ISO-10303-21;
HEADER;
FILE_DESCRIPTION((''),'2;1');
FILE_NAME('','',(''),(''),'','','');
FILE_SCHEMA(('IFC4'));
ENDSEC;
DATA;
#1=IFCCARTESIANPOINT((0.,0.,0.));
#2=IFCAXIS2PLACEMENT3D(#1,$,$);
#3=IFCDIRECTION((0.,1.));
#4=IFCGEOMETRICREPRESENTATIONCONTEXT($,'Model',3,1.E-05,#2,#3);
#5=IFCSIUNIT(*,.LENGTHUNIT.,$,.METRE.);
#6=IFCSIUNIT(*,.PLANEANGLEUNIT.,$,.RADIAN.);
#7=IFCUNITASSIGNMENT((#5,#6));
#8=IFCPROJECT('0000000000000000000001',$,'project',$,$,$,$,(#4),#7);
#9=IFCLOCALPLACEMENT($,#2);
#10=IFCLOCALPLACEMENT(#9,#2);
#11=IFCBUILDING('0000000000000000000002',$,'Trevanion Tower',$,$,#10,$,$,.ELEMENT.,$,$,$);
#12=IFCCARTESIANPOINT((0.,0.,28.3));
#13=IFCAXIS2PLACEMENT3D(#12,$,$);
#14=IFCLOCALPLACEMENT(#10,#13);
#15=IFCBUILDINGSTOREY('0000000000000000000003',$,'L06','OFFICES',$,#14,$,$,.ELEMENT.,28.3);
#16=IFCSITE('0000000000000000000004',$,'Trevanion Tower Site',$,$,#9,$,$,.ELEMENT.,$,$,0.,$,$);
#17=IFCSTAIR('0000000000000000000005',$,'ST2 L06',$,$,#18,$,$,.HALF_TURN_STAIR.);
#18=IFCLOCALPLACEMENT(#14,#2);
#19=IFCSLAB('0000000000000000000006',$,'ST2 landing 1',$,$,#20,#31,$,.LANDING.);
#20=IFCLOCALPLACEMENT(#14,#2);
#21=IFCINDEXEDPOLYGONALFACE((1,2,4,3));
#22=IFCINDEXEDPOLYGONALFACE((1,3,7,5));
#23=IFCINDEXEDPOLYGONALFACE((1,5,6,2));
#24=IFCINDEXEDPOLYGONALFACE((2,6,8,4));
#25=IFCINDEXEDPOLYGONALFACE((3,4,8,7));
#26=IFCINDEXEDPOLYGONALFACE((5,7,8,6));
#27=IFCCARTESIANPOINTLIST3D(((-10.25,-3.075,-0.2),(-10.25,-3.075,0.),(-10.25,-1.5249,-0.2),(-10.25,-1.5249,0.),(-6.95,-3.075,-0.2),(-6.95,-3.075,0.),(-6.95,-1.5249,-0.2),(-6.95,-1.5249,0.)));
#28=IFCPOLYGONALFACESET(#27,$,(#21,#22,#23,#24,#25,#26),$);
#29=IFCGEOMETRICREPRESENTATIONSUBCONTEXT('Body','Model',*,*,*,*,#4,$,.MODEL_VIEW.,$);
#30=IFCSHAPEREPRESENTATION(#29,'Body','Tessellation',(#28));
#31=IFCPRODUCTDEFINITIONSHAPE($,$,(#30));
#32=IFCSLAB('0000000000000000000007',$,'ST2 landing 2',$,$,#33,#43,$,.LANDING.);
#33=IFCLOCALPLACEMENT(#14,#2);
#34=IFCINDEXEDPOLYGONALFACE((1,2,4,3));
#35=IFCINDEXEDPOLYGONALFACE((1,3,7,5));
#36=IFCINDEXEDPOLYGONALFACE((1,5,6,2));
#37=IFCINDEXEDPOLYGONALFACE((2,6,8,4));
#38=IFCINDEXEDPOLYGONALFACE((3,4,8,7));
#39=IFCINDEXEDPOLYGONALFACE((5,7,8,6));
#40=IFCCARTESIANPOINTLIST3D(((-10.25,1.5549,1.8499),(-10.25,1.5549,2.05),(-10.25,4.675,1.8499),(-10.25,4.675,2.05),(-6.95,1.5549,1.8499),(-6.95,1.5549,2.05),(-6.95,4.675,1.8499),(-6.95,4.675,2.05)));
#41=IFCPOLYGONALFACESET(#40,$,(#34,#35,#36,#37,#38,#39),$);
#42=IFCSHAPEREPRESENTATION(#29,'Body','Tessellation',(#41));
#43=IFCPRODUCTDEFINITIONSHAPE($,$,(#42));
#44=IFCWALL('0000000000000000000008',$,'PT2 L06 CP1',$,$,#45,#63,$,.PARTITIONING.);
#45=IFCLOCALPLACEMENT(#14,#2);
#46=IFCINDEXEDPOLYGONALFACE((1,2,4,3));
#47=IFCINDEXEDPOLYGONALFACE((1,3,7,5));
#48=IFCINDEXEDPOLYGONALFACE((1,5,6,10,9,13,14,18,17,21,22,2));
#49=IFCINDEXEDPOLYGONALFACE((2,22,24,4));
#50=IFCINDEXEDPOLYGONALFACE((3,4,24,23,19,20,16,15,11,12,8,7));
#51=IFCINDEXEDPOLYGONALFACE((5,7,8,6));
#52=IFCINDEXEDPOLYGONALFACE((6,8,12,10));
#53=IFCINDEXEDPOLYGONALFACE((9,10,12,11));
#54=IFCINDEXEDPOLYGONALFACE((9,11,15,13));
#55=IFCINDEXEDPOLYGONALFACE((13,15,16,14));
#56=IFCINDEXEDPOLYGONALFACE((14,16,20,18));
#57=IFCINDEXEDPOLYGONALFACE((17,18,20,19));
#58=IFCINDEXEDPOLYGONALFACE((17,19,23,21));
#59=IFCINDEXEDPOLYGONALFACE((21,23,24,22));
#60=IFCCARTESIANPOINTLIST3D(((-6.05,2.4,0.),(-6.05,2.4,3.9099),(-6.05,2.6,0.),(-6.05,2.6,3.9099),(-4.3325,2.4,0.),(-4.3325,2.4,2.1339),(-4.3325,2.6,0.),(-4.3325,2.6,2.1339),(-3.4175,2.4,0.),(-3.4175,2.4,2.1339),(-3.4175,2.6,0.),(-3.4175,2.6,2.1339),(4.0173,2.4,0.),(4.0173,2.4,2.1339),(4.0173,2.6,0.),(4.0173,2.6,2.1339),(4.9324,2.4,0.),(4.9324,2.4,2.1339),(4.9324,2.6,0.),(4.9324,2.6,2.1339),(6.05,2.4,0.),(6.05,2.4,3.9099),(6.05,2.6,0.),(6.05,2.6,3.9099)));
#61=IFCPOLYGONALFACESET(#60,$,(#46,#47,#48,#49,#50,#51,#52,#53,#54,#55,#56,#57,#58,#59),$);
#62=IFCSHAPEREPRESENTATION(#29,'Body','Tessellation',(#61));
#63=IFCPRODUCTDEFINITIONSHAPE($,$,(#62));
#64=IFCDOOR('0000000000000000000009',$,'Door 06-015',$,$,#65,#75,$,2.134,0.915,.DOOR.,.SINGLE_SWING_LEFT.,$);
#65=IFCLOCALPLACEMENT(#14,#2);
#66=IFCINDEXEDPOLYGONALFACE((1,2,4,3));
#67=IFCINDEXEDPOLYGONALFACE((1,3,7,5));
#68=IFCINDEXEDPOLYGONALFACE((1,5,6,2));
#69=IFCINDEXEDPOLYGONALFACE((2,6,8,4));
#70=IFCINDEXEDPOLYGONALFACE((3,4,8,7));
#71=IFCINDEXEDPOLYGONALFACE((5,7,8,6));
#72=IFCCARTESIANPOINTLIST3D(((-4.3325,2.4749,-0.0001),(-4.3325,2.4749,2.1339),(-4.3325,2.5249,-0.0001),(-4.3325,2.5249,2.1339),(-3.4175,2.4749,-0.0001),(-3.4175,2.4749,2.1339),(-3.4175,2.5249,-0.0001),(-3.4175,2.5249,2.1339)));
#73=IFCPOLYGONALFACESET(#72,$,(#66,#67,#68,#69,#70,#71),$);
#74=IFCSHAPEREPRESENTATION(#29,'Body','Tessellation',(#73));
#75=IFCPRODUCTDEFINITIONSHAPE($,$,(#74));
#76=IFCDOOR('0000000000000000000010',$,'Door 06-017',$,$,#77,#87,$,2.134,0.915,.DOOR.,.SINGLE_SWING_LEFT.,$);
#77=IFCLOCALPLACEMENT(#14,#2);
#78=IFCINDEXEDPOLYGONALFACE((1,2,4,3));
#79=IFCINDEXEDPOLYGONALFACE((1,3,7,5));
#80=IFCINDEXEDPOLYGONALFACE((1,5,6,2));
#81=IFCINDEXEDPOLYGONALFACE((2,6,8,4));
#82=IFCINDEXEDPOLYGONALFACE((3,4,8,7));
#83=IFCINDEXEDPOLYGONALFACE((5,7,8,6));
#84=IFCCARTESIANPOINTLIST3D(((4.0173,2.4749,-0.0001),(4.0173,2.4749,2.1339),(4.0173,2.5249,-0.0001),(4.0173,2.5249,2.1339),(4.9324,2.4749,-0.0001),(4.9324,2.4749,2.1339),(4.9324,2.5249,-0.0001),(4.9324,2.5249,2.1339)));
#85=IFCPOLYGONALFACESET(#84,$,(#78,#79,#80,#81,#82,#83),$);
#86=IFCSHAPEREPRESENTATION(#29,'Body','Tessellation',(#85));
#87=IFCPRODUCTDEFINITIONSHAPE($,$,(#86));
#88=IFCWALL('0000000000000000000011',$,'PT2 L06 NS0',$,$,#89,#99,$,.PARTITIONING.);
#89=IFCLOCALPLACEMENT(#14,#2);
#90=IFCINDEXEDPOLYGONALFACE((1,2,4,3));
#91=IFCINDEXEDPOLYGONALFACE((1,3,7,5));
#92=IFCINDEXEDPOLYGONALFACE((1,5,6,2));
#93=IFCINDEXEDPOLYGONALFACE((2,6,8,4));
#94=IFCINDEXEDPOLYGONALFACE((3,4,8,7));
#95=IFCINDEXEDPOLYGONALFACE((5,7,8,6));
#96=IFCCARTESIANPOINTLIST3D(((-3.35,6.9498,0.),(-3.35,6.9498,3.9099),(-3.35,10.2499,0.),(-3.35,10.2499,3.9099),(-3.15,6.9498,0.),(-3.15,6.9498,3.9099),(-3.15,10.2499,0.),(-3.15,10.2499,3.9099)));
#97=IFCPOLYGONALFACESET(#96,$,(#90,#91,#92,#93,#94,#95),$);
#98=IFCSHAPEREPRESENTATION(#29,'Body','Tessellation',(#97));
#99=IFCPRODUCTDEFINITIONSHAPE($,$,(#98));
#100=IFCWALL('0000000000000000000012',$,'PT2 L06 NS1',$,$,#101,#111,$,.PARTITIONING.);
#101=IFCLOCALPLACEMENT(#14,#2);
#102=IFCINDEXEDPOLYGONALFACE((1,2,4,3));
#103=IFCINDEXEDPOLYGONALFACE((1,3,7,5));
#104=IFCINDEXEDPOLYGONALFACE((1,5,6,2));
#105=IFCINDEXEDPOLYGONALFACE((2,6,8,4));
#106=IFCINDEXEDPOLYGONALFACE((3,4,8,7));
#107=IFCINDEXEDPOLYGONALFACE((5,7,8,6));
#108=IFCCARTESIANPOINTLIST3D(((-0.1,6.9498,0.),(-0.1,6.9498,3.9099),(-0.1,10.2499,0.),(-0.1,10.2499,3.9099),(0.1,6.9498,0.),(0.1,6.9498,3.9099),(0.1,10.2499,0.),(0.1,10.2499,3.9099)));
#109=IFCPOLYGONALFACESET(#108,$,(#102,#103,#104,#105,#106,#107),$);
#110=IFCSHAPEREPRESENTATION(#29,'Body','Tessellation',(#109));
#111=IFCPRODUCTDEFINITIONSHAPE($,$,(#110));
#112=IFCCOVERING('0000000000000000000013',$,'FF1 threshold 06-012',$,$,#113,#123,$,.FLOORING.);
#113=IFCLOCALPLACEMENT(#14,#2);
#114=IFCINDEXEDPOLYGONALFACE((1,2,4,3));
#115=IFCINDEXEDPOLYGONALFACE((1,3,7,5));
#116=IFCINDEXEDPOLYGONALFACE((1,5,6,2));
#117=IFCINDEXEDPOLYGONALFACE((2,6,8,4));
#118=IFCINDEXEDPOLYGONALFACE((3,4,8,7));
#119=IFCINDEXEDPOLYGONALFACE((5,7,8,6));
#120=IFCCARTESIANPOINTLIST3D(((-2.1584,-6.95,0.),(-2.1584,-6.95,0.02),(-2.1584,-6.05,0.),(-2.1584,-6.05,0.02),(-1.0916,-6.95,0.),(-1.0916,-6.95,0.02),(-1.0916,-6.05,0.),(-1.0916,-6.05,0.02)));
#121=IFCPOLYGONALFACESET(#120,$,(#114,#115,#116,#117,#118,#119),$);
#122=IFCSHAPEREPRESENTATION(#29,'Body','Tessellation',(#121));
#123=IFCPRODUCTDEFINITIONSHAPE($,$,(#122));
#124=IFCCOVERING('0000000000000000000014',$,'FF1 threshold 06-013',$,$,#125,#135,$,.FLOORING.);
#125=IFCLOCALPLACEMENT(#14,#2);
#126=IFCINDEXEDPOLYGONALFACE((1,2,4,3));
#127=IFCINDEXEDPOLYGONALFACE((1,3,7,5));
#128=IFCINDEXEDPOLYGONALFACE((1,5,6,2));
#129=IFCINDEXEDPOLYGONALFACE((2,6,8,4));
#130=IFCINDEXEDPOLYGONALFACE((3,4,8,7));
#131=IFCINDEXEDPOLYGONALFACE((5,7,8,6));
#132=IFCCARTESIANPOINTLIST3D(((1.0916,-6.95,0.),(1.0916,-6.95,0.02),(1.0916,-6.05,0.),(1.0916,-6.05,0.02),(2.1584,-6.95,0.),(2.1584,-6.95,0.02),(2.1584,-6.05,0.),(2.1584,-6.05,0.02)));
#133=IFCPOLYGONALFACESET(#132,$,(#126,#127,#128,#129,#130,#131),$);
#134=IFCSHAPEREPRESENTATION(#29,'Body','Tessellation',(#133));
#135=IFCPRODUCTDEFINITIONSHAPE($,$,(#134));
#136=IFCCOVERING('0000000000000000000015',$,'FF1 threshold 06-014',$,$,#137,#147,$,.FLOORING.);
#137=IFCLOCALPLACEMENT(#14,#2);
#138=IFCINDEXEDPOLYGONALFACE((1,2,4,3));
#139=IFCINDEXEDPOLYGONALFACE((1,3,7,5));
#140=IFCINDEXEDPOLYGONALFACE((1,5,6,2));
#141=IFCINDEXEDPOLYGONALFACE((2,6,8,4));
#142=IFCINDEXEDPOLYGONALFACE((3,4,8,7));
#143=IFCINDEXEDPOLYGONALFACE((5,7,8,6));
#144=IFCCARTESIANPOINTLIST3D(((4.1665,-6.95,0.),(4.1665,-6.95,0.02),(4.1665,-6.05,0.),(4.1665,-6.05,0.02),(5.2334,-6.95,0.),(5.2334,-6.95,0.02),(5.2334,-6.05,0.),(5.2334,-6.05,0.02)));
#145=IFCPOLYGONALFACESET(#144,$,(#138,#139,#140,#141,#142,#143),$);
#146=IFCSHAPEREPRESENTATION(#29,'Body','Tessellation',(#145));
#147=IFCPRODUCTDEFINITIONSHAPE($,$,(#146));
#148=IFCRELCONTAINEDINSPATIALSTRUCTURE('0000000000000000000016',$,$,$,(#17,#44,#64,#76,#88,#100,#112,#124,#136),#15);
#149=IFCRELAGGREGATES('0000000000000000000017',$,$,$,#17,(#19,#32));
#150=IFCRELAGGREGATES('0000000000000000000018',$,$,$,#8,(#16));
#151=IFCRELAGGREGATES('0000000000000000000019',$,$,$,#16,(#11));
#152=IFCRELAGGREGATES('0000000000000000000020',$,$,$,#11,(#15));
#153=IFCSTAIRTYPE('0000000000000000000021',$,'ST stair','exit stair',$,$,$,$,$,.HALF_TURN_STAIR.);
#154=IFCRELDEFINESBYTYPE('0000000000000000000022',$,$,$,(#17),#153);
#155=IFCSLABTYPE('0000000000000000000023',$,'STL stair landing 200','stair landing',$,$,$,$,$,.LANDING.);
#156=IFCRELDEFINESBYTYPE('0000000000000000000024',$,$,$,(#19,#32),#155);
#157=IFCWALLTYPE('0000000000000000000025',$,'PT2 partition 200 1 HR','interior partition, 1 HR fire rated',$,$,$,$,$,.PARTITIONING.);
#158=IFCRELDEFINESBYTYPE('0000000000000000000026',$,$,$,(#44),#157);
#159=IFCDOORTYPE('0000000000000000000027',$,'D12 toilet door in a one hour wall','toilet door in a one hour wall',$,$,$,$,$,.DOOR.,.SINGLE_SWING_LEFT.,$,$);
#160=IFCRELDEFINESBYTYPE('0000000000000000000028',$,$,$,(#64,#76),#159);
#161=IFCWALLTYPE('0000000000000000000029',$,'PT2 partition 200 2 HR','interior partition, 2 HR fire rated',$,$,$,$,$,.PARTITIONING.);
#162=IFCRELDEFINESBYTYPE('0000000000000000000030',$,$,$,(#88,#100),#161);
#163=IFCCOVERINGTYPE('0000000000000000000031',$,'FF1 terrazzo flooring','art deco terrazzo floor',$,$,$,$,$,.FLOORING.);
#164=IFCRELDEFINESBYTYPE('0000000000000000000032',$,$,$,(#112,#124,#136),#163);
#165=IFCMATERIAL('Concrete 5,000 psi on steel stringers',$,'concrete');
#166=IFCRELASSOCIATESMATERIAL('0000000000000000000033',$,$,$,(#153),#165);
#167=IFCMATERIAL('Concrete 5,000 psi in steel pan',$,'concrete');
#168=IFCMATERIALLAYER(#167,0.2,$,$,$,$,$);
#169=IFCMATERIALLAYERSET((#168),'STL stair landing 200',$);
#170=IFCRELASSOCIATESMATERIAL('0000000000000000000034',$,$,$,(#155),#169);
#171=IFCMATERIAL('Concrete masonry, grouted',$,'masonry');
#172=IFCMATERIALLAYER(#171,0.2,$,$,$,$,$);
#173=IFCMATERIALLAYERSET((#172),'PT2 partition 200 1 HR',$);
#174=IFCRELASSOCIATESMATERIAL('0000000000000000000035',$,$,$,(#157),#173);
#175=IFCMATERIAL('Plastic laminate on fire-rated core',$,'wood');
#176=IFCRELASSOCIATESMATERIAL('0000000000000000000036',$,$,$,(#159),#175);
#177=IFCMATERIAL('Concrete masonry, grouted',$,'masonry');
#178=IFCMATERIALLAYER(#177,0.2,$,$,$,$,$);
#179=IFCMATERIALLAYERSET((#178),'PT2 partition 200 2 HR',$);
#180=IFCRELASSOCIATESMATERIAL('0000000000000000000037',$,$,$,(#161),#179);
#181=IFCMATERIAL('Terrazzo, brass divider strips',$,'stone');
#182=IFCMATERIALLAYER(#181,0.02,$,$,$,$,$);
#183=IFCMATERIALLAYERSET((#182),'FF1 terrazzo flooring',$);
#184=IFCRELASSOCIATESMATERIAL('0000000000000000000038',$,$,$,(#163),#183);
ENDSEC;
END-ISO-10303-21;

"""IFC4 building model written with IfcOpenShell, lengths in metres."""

from ifc_helpers import new_model, si_unit, direction, frame, frame_2d, origin, place, context, subcontext, project, spatial, polyline, rectangle, outline, extrude, material, layer, layer_set, type_object, element, fill, aggregate, save


model = new_model("IFC4")

# Units and contexts
model_context = context("Model", 3, precision=1e-05, world=origin(), true_north=direction((0.0, 1.0)))
body_context = subcontext(model_context, "Body", "Model", "MODEL_VIEW")
ifc_project = project(units=[si_unit("LENGTHUNIT", "METRE"), si_unit("PLANEANGLEUNIT", "RADIAN")], contexts=[model_context])

# Site, building, storey
site_placement = place(None, origin())
site = spatial("IfcSite", under=ifc_project, at=site_placement, Name="Trevanion Tower Site", CompositionType="ELEMENT", RefElevation=0.0)
building_placement = place(site_placement, origin())
building = spatial("IfcBuilding", under=site, at=building_placement, Name="Trevanion Tower", CompositionType="ELEMENT")
storey_placement = place(building_placement, frame((0.0, 0.0, 28.3)))
storey = spatial("IfcBuildingStorey", under=building, at=storey_placement, Name="L06", Description="OFFICES", CompositionType="ELEMENT", Elevation=28.3)

# Stair, slabs
ifc_material_1 = material(Name="Concrete 5,000 psi on steel stringers", Category="concrete")
stair_type = type_object("IfcStairType", Name="ST stair", Description="exit stair", PredefinedType="HALF_TURN_STAIR", material=ifc_material_1)
ifc_material_2 = material(Name="Concrete 5,000 psi in steel pan", Category="concrete")
ifc_layer_1 = layer(ifc_material_2, 0.2)
ifc_layer_set_1 = layer_set([ifc_layer_1], Name="STL stair landing 200")
slab_type_1 = type_object("IfcSlabType", Name="STL stair landing 200", Description="stair landing", PredefinedType="LANDING", material=ifc_layer_set_1)
stair_1_placement = place(storey_placement, origin())
stair_1 = element("IfcStair", 1, at=stair_1_placement, inside=storey, type_object=stair_type, Name="ST2 L06", PredefinedType="HALF_TURN_STAIR")
slab_1_placement = place(storey_placement, frame((0.0, 0.0, -0.2)))
slab_1 = element("IfcSlab", 2, at=slab_1_placement, type_object=slab_type_1, Name="ST2 landing 1", PredefinedType="LANDING", context=body_context, shape_type="SweptSolid", body=[
    extrude(outline(polyline([(-6.95, -1.5249), (-10.25, -1.5249), (-10.25, -3.075), (-6.95, -3.075), (-6.95, -1.5249)])), origin(), (0.0, 0.0, 1.0), 0.2),
])
slab_2_placement = place(storey_placement, frame((0.0, 0.0, 1.8499)))
slab_2 = element("IfcSlab", 3, at=slab_2_placement, type_object=slab_type_1, Name="ST2 landing 2", PredefinedType="LANDING", context=body_context, shape_type="SweptSolid", body=[
    extrude(outline(polyline([(-6.95, 4.675), (-10.25, 4.675), (-10.25, 1.5549), (-6.95, 1.5549), (-6.95, 4.675)])), origin(), (0.0, 0.0, 1.0), 0.2002),
])
aggregate(stair_1, [slab_1, slab_2])

# Wall, openings, doors
ifc_material_3 = material(Name="Concrete masonry, grouted", Category="masonry")
ifc_layer_2 = layer(ifc_material_3, 0.2)
ifc_layer_set_2 = layer_set([ifc_layer_2], Name="PT2 partition 200 1 HR")
wall_type_1 = type_object("IfcWallType", Name="PT2 partition 200 1 HR", Description="interior partition, 1 HR fire rated", PredefinedType="PARTITIONING", material=ifc_layer_set_2)
wall_placement = place(storey_placement, frame((-6.05, 2.5, 0.0), z_axis=(0.0, 0.0, 1.0), x_axis=(1.0, 0.0, 0.0)))
wall = element("IfcWall", 4, at=wall_placement, inside=storey, type_object=wall_type_1, Name="PT2 L06 CP1", PredefinedType="PARTITIONING", context=body_context, shape_type="SweptSolid", body=[
    extrude(rectangle(XDim=12.1001, YDim=0.2, at=frame_2d((6.05, 0.0))), origin(), (0.0, 0.0, 1.0), 3.9099),
])
opening_1_placement = place(wall_placement, frame((1.7175, 0.0, 0.0)))
opening_1 = element("IfcOpeningElement", 5, at=opening_1_placement, cuts=wall, PredefinedType="OPENING", context=body_context, shape_type="SweptSolid", body=[
    extrude(rectangle(XDim=0.915, YDim=2.134, at=frame_2d((0.4575, 1.0669))), frame((0.0, 0.1099, 0.0), z_axis=(0.0, -1.0, 0.0), x_axis=(1.0, 0.0, 0.0)), (0.0, 0.0, 1.0), 0.22),
])
opening_2_placement = place(wall_placement, frame((10.0674, 0.0, 0.0)))
opening_2 = element("IfcOpeningElement", 6, at=opening_2_placement, cuts=wall, PredefinedType="OPENING", context=body_context, shape_type="SweptSolid", body=[
    extrude(rectangle(XDim=0.915, YDim=2.134, at=frame_2d((0.4575, 1.0669))), frame((0.0, 0.1099, 0.0), z_axis=(0.0, -1.0, 0.0), x_axis=(1.0, 0.0, 0.0)), (0.0, 0.0, 1.0), 0.22),
])
ifc_material_4 = material(Name="Plastic laminate on fire-rated core", Category="wood")
door_type = type_object("IfcDoorType", Name="D12 toilet door in a one hour wall", Description="toilet door in a one hour wall", OperationType="SINGLE_SWING_LEFT", PredefinedType="DOOR", material=ifc_material_4)
door_1_placement = place(opening_1_placement, origin())
door_1 = element("IfcDoor", 7, at=door_1_placement, inside=storey, type_object=door_type, Name="Door 06-015", OperationType="SINGLE_SWING_LEFT", OverallHeight=2.134, OverallWidth=0.915, PredefinedType="DOOR", context=body_context, shape_type="SweptSolid", body=[
    extrude(rectangle(XDim=0.915, YDim=2.134, at=frame_2d((0.4575, 1.0669))), frame((0.0, 0.0249, 0.0), z_axis=(0.0, -1.0, 0.0), x_axis=(1.0, 0.0, 0.0)), (0.0, 0.0, 1.0), 0.05),
])
fill(opening_1, door_1)
door_2_placement = place(opening_2_placement, origin())
door_2 = element("IfcDoor", 8, at=door_2_placement, inside=storey, type_object=door_type, Name="Door 06-017", OperationType="SINGLE_SWING_LEFT", OverallHeight=2.134, OverallWidth=0.915, PredefinedType="DOOR", context=body_context, shape_type="SweptSolid", body=[
    extrude(rectangle(XDim=0.915, YDim=2.134, at=frame_2d((0.4575, 1.0669))), frame((0.0, 0.0249, 0.0), z_axis=(0.0, -1.0, 0.0), x_axis=(1.0, 0.0, 0.0)), (0.0, 0.0, 1.0), 0.05),
])
fill(opening_2, door_2)

# Walls
ifc_material_5 = material(Name="Concrete masonry, grouted", Category="masonry")
ifc_layer_3 = layer(ifc_material_5, 0.2)
ifc_layer_set_3 = layer_set([ifc_layer_3], Name="PT2 partition 200 2 HR")
wall_type_2 = type_object("IfcWallType", Name="PT2 partition 200 2 HR", Description="interior partition, 2 HR fire rated", PredefinedType="PARTITIONING", material=ifc_layer_set_3)
for number, where, z_axis, x_axis, name in (
    (9, (-3.25, 6.95, 0.0), (0.0, 0.0, 1.0), (0.0, 1.0, 0.0), "PT2 L06 NS0"),
    (10, (0.0, 6.95, 0.0), (0.0, 0.0, 1.0), (0.0, 1.0, 0.0), "PT2 L06 NS1"),
):
    element("IfcWall", number, at=place(storey_placement, frame(where, z_axis=z_axis, x_axis=x_axis)), inside=storey, type_object=wall_type_2, Name=name, PredefinedType="PARTITIONING", context=body_context, shape_type="SweptSolid", body=[
        extrude(rectangle(XDim=3.3, YDim=0.2, at=frame_2d((1.6499, 0.0))), origin(), (0.0, 0.0, 1.0), 3.9099),
    ])

# Coverings
ifc_material_6 = material(Name="Terrazzo, brass divider strips", Category="stone")
ifc_layer_4 = layer(ifc_material_6, 0.02)
ifc_layer_set_4 = layer_set([ifc_layer_4], Name="FF1 terrazzo flooring")
covering_type = type_object("IfcCoveringType", Name="FF1 terrazzo flooring", Description="art deco terrazzo floor", PredefinedType="FLOORING", material=ifc_layer_set_4)
covering_1_placement = place(storey_placement, origin())
element("IfcCovering", 11, at=covering_1_placement, inside=storey, type_object=covering_type, Name="FF1 threshold 06-012", PredefinedType="FLOORING", context=body_context, shape_type="SweptSolid", body=[
    extrude(outline(polyline([(-2.1584, -6.95), (-1.0916, -6.95), (-1.0916, -6.05), (-2.1584, -6.05), (-2.1584, -6.95)])), origin(), (0.0, 0.0, 1.0), 0.02),
])
covering_2_placement = place(storey_placement, origin())
element("IfcCovering", 12, at=covering_2_placement, inside=storey, type_object=covering_type, Name="FF1 threshold 06-013", PredefinedType="FLOORING", context=body_context, shape_type="SweptSolid", body=[
    extrude(outline(polyline([(1.0916, -6.95), (2.1584, -6.95), (2.1584, -6.05), (1.0916, -6.05), (1.0916, -6.95)])), origin(), (0.0, 0.0, 1.0), 0.02),
])
covering_3_placement = place(storey_placement, origin())
element("IfcCovering", 13, at=covering_3_placement, inside=storey, type_object=covering_type, Name="FF1 threshold 06-014", PredefinedType="FLOORING", context=body_context, shape_type="SweptSolid", body=[
    extrude(outline(polyline([(4.1665, -6.95), (5.2334, -6.95), (5.2334, -6.05), (4.1665, -6.05), (4.1665, -6.95)])), origin(), (0.0, 0.0, 1.0), 0.02),
])

save(model, "model.ifc")
